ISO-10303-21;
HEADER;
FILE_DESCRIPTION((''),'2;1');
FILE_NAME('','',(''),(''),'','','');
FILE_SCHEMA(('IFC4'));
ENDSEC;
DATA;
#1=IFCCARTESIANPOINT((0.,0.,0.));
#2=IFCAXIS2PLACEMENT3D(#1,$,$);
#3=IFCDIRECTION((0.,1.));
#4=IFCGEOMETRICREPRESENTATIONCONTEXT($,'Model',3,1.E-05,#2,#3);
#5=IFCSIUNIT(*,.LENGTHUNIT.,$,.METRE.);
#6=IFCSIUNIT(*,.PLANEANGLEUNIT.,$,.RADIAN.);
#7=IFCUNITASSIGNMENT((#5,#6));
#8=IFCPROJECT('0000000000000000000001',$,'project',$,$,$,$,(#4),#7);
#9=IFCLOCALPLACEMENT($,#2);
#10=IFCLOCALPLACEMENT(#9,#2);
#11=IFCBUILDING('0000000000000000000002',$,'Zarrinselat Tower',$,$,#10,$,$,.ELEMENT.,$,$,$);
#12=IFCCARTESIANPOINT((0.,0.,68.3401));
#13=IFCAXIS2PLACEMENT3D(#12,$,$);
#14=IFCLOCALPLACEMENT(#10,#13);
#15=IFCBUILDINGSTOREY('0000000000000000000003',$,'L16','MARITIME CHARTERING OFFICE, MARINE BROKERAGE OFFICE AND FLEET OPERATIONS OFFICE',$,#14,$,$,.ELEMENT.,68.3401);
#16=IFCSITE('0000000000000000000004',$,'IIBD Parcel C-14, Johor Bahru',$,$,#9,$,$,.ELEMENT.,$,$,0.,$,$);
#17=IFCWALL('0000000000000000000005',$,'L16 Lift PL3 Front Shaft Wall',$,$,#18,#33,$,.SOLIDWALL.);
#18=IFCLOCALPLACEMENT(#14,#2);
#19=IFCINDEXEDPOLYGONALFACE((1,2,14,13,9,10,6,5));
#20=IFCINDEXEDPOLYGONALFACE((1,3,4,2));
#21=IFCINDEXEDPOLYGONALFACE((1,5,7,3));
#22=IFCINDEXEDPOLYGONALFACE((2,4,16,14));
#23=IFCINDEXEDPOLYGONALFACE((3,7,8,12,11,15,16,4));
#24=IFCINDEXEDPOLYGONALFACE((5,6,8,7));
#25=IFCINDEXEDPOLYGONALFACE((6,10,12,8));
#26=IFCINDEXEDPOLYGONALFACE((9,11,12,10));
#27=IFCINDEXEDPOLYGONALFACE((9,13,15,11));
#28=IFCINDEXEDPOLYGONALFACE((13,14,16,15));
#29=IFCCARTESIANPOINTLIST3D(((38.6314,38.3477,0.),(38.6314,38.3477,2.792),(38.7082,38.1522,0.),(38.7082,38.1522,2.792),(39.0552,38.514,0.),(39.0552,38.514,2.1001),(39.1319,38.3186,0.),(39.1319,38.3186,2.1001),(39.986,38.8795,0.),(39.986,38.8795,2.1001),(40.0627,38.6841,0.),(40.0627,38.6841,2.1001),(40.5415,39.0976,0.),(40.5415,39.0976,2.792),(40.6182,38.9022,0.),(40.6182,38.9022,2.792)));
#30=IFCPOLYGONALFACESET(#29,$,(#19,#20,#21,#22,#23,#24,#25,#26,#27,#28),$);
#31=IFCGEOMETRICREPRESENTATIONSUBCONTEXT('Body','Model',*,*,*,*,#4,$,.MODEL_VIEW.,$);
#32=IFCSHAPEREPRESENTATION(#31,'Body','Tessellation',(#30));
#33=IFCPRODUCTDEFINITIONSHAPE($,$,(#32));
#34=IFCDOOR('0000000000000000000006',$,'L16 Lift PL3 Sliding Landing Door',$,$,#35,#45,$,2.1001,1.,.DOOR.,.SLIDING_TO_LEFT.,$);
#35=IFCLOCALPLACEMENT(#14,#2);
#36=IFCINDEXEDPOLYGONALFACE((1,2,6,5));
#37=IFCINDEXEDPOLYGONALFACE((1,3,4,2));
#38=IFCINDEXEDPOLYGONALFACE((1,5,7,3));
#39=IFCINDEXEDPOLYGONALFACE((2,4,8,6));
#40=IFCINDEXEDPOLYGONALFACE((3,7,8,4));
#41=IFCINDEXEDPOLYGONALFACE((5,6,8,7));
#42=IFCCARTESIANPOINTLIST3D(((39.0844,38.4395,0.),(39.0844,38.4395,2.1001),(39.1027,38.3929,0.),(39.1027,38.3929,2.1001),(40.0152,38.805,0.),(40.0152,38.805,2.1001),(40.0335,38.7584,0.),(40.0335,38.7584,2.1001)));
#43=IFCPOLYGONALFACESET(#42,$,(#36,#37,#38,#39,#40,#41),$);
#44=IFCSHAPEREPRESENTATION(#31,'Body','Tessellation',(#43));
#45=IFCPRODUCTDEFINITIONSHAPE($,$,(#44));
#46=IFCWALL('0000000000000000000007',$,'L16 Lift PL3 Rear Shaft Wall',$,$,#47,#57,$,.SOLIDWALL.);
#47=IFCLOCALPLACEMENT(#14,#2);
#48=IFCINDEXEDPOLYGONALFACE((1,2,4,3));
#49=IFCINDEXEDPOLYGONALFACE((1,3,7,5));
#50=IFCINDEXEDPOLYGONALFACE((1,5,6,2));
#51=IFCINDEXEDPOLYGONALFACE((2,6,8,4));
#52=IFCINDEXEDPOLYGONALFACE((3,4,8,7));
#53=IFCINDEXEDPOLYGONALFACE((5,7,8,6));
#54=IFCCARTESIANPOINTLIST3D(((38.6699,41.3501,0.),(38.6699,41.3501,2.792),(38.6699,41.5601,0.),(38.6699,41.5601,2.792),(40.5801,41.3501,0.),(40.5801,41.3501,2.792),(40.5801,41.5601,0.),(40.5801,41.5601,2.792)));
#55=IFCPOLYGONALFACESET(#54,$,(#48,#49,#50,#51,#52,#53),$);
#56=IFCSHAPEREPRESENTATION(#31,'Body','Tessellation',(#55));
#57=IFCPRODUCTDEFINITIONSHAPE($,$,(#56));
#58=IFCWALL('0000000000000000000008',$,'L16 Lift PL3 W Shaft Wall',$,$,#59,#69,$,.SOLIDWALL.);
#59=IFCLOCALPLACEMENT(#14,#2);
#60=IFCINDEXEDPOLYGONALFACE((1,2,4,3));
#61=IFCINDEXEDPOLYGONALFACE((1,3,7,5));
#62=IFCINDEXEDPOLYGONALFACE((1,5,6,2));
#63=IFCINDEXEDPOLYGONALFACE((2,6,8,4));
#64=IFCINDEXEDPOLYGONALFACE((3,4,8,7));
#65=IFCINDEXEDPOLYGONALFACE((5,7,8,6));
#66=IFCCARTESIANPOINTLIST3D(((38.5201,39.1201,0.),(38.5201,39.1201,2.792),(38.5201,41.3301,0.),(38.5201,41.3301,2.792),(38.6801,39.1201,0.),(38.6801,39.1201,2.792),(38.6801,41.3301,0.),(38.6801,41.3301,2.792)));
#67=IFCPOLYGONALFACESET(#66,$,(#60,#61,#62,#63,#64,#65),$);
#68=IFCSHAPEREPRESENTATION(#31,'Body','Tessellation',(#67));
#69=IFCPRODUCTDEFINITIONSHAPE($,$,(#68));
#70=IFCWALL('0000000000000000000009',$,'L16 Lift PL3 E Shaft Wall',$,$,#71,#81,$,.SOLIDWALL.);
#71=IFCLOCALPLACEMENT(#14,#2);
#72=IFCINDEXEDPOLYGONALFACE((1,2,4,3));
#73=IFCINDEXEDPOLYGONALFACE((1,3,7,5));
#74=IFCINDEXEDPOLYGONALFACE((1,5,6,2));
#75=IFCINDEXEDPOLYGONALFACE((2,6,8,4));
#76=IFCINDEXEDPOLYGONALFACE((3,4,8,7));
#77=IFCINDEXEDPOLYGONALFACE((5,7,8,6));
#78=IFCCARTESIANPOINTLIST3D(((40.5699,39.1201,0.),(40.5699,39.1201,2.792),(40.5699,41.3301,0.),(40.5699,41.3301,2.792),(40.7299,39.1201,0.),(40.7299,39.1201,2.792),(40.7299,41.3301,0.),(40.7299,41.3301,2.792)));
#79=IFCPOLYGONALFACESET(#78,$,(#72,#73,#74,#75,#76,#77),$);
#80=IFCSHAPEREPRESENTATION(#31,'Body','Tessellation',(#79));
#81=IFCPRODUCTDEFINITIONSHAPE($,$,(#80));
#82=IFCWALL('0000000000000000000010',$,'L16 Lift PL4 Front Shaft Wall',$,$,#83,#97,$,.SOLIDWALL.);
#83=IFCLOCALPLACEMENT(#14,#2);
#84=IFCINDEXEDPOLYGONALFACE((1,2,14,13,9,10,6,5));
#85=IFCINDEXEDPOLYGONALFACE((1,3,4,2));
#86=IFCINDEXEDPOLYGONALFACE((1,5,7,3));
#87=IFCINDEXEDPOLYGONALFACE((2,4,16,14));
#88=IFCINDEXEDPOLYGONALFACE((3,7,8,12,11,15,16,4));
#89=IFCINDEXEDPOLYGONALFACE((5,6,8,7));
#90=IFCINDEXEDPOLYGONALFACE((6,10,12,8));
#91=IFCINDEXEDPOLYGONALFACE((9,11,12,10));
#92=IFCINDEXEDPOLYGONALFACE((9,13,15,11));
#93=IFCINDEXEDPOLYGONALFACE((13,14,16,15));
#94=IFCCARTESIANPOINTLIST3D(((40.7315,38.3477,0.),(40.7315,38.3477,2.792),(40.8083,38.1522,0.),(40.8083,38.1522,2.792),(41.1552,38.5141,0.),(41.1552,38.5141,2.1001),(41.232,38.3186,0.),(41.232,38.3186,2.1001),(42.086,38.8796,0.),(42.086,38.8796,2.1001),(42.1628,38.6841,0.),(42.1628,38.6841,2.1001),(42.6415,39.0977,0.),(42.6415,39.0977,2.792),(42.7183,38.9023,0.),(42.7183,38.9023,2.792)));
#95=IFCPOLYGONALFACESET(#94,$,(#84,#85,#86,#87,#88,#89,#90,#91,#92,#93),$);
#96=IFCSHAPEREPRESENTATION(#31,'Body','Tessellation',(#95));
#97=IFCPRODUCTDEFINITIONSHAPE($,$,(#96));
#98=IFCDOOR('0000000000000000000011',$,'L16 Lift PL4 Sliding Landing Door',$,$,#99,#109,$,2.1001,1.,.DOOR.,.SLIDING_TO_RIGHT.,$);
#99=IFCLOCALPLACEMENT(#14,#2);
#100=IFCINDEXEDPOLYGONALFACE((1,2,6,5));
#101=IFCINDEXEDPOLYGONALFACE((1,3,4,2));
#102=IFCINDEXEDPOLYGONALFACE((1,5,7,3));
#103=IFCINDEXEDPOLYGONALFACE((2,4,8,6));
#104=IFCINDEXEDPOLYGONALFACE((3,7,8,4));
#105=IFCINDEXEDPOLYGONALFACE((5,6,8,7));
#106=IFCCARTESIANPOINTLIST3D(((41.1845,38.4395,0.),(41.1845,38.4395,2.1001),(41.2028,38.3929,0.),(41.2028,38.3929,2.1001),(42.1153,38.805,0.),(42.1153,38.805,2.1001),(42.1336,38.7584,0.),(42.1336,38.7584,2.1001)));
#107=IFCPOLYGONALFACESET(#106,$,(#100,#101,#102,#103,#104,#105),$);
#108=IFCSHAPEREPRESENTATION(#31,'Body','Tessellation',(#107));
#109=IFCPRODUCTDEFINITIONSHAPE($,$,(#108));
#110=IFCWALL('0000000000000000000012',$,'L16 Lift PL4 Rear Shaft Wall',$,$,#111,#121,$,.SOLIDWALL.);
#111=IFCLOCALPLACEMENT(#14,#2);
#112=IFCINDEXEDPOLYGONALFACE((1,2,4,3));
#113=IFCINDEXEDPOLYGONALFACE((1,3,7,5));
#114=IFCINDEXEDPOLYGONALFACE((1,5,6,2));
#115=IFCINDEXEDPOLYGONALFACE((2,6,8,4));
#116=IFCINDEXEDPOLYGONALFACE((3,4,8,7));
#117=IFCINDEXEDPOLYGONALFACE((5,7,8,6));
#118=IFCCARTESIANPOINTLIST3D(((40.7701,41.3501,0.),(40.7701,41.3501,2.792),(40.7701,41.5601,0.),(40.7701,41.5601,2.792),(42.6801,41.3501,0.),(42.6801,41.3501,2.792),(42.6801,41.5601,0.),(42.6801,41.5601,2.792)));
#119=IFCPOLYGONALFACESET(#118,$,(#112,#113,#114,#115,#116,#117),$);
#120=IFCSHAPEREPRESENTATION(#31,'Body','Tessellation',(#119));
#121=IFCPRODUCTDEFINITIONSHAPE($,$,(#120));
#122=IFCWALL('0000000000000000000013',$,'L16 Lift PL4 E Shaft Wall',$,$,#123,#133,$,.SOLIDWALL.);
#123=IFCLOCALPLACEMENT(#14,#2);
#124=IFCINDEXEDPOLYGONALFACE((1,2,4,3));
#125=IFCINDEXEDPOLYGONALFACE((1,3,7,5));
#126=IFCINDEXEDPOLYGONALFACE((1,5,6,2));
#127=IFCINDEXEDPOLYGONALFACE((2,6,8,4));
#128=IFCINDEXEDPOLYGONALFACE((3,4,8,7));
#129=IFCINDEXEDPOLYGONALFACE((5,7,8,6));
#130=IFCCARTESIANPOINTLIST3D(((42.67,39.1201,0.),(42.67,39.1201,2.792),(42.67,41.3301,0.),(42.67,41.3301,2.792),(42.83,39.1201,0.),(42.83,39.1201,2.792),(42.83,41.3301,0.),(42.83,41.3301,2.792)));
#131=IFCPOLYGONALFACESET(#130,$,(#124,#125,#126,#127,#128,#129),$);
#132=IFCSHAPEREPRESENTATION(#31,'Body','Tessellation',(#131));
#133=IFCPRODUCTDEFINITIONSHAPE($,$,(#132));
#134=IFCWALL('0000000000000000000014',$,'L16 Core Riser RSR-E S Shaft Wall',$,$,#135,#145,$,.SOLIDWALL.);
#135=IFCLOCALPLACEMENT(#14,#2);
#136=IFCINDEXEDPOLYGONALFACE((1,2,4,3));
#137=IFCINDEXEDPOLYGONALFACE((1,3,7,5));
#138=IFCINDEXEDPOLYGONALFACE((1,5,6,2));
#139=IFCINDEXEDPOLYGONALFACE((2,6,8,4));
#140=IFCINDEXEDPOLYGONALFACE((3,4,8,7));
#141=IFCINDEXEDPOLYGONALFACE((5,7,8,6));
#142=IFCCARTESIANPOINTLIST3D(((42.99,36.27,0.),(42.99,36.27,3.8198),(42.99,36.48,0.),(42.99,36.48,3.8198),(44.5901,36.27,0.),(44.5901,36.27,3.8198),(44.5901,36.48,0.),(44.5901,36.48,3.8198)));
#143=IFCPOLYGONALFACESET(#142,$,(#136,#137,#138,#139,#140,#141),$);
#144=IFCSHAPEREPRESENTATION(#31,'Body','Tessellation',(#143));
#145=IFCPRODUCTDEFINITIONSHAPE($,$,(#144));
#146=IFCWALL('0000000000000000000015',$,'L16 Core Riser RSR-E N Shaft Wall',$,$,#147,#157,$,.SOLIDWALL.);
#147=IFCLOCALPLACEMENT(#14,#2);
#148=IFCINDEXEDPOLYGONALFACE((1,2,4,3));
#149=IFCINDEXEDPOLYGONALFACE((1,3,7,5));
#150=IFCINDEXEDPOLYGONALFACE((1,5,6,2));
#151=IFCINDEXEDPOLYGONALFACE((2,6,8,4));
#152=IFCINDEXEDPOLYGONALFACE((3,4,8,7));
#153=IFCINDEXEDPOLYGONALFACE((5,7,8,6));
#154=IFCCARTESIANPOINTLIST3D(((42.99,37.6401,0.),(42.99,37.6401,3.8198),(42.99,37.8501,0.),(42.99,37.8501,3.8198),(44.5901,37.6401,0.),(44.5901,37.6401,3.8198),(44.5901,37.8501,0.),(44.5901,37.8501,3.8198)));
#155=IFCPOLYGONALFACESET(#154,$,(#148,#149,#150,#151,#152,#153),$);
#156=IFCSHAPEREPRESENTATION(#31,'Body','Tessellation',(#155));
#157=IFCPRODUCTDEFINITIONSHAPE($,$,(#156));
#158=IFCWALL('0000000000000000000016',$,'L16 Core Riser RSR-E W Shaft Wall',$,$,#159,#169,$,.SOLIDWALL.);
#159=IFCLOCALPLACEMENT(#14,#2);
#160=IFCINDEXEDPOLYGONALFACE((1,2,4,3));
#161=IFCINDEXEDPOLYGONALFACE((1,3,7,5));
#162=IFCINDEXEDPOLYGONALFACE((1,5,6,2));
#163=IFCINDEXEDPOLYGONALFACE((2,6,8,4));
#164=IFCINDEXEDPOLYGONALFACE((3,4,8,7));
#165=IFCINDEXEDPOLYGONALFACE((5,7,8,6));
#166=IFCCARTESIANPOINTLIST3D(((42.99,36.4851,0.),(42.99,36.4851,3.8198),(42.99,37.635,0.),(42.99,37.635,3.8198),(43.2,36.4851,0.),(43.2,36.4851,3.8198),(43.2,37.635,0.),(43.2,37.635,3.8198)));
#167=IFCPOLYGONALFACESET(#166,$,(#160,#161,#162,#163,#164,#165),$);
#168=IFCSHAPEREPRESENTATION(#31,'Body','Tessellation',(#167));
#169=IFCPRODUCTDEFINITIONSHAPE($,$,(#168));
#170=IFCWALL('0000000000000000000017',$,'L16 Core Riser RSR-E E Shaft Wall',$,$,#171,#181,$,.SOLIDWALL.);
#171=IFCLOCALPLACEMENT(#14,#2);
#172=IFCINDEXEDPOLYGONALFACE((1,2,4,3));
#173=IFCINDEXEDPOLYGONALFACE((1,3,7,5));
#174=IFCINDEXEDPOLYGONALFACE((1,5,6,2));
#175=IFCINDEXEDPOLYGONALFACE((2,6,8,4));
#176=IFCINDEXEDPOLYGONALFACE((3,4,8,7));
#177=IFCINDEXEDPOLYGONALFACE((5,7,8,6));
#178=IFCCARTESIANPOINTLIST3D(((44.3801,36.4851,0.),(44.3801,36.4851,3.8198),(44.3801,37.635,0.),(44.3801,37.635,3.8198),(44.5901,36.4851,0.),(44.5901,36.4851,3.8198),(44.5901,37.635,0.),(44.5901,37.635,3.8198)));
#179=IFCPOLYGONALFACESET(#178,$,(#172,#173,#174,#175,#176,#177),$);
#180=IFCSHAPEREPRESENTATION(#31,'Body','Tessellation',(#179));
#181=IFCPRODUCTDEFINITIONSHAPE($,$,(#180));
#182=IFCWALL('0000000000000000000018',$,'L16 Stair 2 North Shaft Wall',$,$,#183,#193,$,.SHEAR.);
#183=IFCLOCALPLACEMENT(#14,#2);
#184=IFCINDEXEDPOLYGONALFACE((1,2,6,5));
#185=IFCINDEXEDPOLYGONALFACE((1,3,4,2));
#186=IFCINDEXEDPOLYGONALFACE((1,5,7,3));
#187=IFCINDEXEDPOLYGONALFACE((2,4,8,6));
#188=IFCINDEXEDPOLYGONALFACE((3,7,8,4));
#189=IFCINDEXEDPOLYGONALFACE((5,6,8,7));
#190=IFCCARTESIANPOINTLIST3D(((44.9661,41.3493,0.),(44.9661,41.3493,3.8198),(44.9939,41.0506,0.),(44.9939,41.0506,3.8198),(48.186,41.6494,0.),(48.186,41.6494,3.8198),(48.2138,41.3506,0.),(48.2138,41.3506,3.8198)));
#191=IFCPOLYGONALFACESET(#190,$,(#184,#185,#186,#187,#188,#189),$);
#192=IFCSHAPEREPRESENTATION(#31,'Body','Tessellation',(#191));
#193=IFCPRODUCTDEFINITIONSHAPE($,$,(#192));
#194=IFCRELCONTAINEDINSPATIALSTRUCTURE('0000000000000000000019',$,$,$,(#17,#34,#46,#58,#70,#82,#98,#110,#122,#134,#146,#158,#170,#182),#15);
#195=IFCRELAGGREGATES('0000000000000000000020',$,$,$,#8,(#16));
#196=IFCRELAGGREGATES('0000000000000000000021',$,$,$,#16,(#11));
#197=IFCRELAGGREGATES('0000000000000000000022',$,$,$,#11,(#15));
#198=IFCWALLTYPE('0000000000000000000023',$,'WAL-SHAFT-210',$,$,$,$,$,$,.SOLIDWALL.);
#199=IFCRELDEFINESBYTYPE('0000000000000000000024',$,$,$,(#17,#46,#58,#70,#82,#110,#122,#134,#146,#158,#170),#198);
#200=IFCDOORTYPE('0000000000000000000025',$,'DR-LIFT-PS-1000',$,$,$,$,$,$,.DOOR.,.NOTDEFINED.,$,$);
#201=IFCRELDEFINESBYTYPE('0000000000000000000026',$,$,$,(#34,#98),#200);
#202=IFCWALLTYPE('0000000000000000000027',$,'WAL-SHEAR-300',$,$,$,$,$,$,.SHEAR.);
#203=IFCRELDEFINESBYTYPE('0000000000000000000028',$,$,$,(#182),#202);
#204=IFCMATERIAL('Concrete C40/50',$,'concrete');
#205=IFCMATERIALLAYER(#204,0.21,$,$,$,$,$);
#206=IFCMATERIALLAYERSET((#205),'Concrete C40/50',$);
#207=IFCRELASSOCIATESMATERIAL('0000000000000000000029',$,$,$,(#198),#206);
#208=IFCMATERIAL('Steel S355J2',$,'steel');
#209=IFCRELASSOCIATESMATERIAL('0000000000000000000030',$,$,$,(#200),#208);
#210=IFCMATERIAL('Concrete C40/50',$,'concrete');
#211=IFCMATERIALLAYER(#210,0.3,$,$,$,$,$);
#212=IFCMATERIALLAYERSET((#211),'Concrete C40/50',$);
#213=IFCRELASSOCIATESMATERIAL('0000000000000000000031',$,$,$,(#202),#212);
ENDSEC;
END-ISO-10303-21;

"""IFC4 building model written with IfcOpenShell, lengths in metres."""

from ifc_helpers import new_model, si_unit, direction, frame, frame_2d, origin, place, context, subcontext, project, spatial, rectangle, extrude, material, layer, layer_set, type_object, element, fill, save


model = new_model("IFC4")

# Units and contexts
model_context = context("Model", 3, precision=1e-05, world=origin(), true_north=direction((0.0, 1.0)))
body_context = subcontext(model_context, "Body", "Model", "MODEL_VIEW")
ifc_project = project(units=[si_unit("LENGTHUNIT", "METRE"), si_unit("PLANEANGLEUNIT", "RADIAN")], contexts=[model_context])

# Site, building, storey
site_placement = place(None, origin())
site = spatial("IfcSite", under=ifc_project, at=site_placement, Name="IIBD Parcel C-14, Johor Bahru", CompositionType="ELEMENT", RefElevation=0.0)
building_placement = place(site_placement, origin())
building = spatial("IfcBuilding", under=site, at=building_placement, Name="Zarrinselat Tower", CompositionType="ELEMENT")
storey_placement = place(building_placement, frame((0.0, 0.0, 68.3401)))
storey = spatial("IfcBuildingStorey", under=building, at=storey_placement, Name="L16", Description="MARITIME CHARTERING OFFICE, MARINE BROKERAGE OFFICE AND FLEET OPERATIONS OFFICE", CompositionType="ELEMENT", Elevation=68.3401)

# Shared definitions
ifc_material_1 = material(Name="Concrete C40/50", Category="concrete")
ifc_layer_1 = layer(ifc_material_1, 0.21)
ifc_layer_set_1 = layer_set([ifc_layer_1], Name="Concrete C40/50")
wall_type_1 = type_object("IfcWallType", Name="WAL-SHAFT-210", PredefinedType="SOLIDWALL", material=ifc_layer_set_1)

# Shared definitions
ifc_material_2 = material(Name="Steel S355J2", Category="steel")
door_type_1 = type_object("IfcDoorType", Name="DR-LIFT-PS-1000", OperationType="NOTDEFINED", PredefinedType="DOOR", material=ifc_material_2)

# Wall, opening, door
wall_1_placement = place(storey_placement, frame((38.6699, 38.25, 0.0), z_axis=(0.0, 0.0, 1.0), x_axis=(0.930821, 0.365476, 0.0)))
wall_1 = element("IfcWall", 1, at=wall_1_placement, inside=storey, type_object=wall_type_1, Name="L16 Lift PL3 Front Shaft Wall", PredefinedType="SOLIDWALL", context=body_context, shape_type="SweptSolid", body=[
    extrude(rectangle(XDim=2.052, YDim=0.21, at=frame_2d((1.0259, 0.0))), origin(), (0.0, 0.0, 1.0), 2.792),
])
opening_1_placement = place(wall_1_placement, frame((0.4551, 0.0, 0.0)))
opening_1 = element("IfcOpeningElement", 2, at=opening_1_placement, cuts=wall_1, PredefinedType="OPENING", context=body_context, shape_type="SweptSolid", body=[
    extrude(rectangle(XDim=1.0, YDim=2.1001, at=frame_2d((0.5, 1.05))), frame((0.0, 0.115, 0.0), z_axis=(0.0, -1.0, 0.0), x_axis=(1.0, 0.0, 0.0)), (0.0, 0.0, 1.0), 0.23),
])
door_1_placement = place(opening_1_placement, origin())
door_1 = element("IfcDoor", 3, at=door_1_placement, inside=storey, type_object=door_type_1, Name="L16 Lift PL3 Sliding Landing Door", OperationType="SLIDING_TO_LEFT", OverallHeight=2.1001, OverallWidth=1.0, PredefinedType="DOOR", context=body_context, shape_type="SweptSolid", body=[
    extrude(rectangle(XDim=1.0, YDim=2.1001, at=frame_2d((0.5, 1.05))), frame((0.0, 0.0249, 0.0), z_axis=(0.0, -1.0, 0.0), x_axis=(1.0, 0.0, 0.0)), (0.0, 0.0, 1.0), 0.05),
])
fill(opening_1, door_1)

# Walls
wall_2_placement = place(storey_placement, frame((38.6699, 41.4551, 0.0), z_axis=(0.0, 0.0, 1.0), x_axis=(1.0, 0.0, 0.0)))
element("IfcWall", 4, at=wall_2_placement, inside=storey, type_object=wall_type_1, Name="L16 Lift PL3 Rear Shaft Wall", PredefinedType="SOLIDWALL", context=body_context, shape_type="SweptSolid", body=[
    extrude(rectangle(XDim=1.9102, YDim=0.21, at=frame_2d((0.9551, 0.0))), origin(), (0.0, 0.0, 1.0), 2.792),
])
for number, where, z_axis, x_axis, name in (
    (5, (38.6001, 39.1201, 0.0), (0.0, 0.0, 1.0), (0.0, 1.0, 0.0), "L16 Lift PL3 W Shaft Wall"),
    (6, (40.6499, 39.1201, 0.0), (0.0, 0.0, 1.0), (0.0, 1.0, 0.0), "L16 Lift PL3 E Shaft Wall"),
):
    element("IfcWall", number, at=place(storey_placement, frame(where, z_axis=z_axis, x_axis=x_axis)), inside=storey, type_object=wall_type_1, Name=name, PredefinedType="SOLIDWALL", context=body_context, shape_type="SweptSolid", body=[
        extrude(rectangle(XDim=2.21, YDim=0.1599, at=frame_2d((1.105, 0.0))), origin(), (0.0, 0.0, 1.0), 2.792),
    ])

# Wall, opening, door
wall_3_placement = place(storey_placement, frame((40.77, 38.25, 0.0), z_axis=(0.0, 0.0, 1.0), x_axis=(0.930805, 0.365516, 0.0)))
wall_3 = element("IfcWall", 7, at=wall_3_placement, inside=storey, type_object=wall_type_1, Name="L16 Lift PL4 Front Shaft Wall", PredefinedType="SOLIDWALL", context=body_context, shape_type="SweptSolid", body=[
    extrude(rectangle(XDim=2.052, YDim=0.21, at=frame_2d((1.0259, 0.0))), origin(), (0.0, 0.0, 1.0), 2.792),
])
opening_2_placement = place(wall_3_placement, frame((0.4551, 0.0, 0.0)))
opening_2 = element("IfcOpeningElement", 8, at=opening_2_placement, cuts=wall_3, PredefinedType="OPENING", context=body_context, shape_type="SweptSolid", body=[
    extrude(rectangle(XDim=1.0, YDim=2.1001, at=frame_2d((0.5, 1.05))), frame((0.0, 0.115, 0.0), z_axis=(0.0, -1.0, 0.0), x_axis=(1.0, 0.0, 0.0)), (0.0, 0.0, 1.0), 0.23),
])
door_2_placement = place(opening_2_placement, origin())
door_2 = element("IfcDoor", 9, at=door_2_placement, inside=storey, type_object=door_type_1, Name="L16 Lift PL4 Sliding Landing Door", OperationType="SLIDING_TO_RIGHT", OverallHeight=2.1001, OverallWidth=1.0, PredefinedType="DOOR", context=body_context, shape_type="SweptSolid", body=[
    extrude(rectangle(XDim=1.0, YDim=2.1001, at=frame_2d((0.5, 1.05))), frame((0.0, 0.0249, 0.0), z_axis=(0.0, -1.0, 0.0), x_axis=(1.0, 0.0, 0.0)), (0.0, 0.0, 1.0), 0.05),
])
fill(opening_2, door_2)

# Walls
wall_4_placement = place(storey_placement, frame((40.77, 41.4551, 0.0), z_axis=(0.0, 0.0, 1.0), x_axis=(1.0, 0.0, 0.0)))
element("IfcWall", 10, at=wall_4_placement, inside=storey, type_object=wall_type_1, Name="L16 Lift PL4 Rear Shaft Wall", PredefinedType="SOLIDWALL", context=body_context, shape_type="SweptSolid", body=[
    extrude(rectangle(XDim=1.9099, YDim=0.21, at=frame_2d((0.9551, 0.0))), origin(), (0.0, 0.0, 1.0), 2.792),
])
wall_5_placement = place(storey_placement, frame((42.75, 39.1201, 0.0), z_axis=(0.0, 0.0, 1.0), x_axis=(0.0, 1.0, 0.0)))
element("IfcWall", 11, at=wall_5_placement, inside=storey, type_object=wall_type_1, Name="L16 Lift PL4 E Shaft Wall", PredefinedType="SOLIDWALL", context=body_context, shape_type="SweptSolid", body=[
    extrude(rectangle(XDim=2.21, YDim=0.1599, at=frame_2d((1.105, 0.0))), origin(), (0.0, 0.0, 1.0), 2.792),
])
for number, where, z_axis, x_axis, name in (
    (12, (42.99, 36.375, 0.0), (0.0, 0.0, 1.0), (1.0, 0.0, 0.0), "L16 Core Riser RSR-E S Shaft Wall"),
    (13, (42.99, 37.7451, 0.0), (0.0, 0.0, 1.0), (1.0, 0.0, 0.0), "L16 Core Riser RSR-E N Shaft Wall"),
):
    element("IfcWall", number, at=place(storey_placement, frame(where, z_axis=z_axis, x_axis=x_axis)), inside=storey, type_object=wall_type_1, Name=name, PredefinedType="SOLIDWALL", context=body_context, shape_type="SweptSolid", body=[
        extrude(rectangle(XDim=1.6001, YDim=0.21, at=frame_2d((0.8, 0.0))), origin(), (0.0, 0.0, 1.0), 3.8198),
    ])
for number, where, z_axis, x_axis, name in (
    (14, (43.095, 36.4851, 0.0), (0.0, 0.0, 1.0), (0.0, 1.0, 0.0), "L16 Core Riser RSR-E W Shaft Wall"),
    (15, (44.4851, 36.4851, 0.0), (0.0, 0.0, 1.0), (0.0, 1.0, 0.0), "L16 Core Riser RSR-E E Shaft Wall"),
):
    element("IfcWall", number, at=place(storey_placement, frame(where, z_axis=z_axis, x_axis=x_axis)), inside=storey, type_object=wall_type_1, Name=name, PredefinedType="SOLIDWALL", context=body_context, shape_type="SweptSolid", body=[
        extrude(rectangle(XDim=1.1499, YDim=0.21, at=frame_2d((0.575, 0.0))), origin(), (0.0, 0.0, 1.0), 3.8198),
    ])
ifc_material_3 = material(Name="Concrete C40/50", Category="concrete")
ifc_layer_2 = layer(ifc_material_3, 0.3)
ifc_layer_set_2 = layer_set([ifc_layer_2], Name="Concrete C40/50")
wall_type_2 = type_object("IfcWallType", Name="WAL-SHEAR-300", PredefinedType="SHEAR", material=ifc_layer_set_2)
wall_6_placement = place(storey_placement, frame((44.98, 41.2, 0.0), z_axis=(0.0, 0.0, 1.0), x_axis=(0.995686, 0.092782, 0.0)))
element("IfcWall", 16, at=wall_6_placement, inside=storey, type_object=wall_type_2, Name="L16 Stair 2 North Shaft Wall", PredefinedType="SHEAR", context=body_context, shape_type="SweptSolid", body=[
    extrude(rectangle(XDim=3.2339, YDim=0.3, at=frame_2d((1.6169, 0.0))), origin(), (0.0, 0.0, 1.0), 3.8198),
])

save(model, "model.ifc")
